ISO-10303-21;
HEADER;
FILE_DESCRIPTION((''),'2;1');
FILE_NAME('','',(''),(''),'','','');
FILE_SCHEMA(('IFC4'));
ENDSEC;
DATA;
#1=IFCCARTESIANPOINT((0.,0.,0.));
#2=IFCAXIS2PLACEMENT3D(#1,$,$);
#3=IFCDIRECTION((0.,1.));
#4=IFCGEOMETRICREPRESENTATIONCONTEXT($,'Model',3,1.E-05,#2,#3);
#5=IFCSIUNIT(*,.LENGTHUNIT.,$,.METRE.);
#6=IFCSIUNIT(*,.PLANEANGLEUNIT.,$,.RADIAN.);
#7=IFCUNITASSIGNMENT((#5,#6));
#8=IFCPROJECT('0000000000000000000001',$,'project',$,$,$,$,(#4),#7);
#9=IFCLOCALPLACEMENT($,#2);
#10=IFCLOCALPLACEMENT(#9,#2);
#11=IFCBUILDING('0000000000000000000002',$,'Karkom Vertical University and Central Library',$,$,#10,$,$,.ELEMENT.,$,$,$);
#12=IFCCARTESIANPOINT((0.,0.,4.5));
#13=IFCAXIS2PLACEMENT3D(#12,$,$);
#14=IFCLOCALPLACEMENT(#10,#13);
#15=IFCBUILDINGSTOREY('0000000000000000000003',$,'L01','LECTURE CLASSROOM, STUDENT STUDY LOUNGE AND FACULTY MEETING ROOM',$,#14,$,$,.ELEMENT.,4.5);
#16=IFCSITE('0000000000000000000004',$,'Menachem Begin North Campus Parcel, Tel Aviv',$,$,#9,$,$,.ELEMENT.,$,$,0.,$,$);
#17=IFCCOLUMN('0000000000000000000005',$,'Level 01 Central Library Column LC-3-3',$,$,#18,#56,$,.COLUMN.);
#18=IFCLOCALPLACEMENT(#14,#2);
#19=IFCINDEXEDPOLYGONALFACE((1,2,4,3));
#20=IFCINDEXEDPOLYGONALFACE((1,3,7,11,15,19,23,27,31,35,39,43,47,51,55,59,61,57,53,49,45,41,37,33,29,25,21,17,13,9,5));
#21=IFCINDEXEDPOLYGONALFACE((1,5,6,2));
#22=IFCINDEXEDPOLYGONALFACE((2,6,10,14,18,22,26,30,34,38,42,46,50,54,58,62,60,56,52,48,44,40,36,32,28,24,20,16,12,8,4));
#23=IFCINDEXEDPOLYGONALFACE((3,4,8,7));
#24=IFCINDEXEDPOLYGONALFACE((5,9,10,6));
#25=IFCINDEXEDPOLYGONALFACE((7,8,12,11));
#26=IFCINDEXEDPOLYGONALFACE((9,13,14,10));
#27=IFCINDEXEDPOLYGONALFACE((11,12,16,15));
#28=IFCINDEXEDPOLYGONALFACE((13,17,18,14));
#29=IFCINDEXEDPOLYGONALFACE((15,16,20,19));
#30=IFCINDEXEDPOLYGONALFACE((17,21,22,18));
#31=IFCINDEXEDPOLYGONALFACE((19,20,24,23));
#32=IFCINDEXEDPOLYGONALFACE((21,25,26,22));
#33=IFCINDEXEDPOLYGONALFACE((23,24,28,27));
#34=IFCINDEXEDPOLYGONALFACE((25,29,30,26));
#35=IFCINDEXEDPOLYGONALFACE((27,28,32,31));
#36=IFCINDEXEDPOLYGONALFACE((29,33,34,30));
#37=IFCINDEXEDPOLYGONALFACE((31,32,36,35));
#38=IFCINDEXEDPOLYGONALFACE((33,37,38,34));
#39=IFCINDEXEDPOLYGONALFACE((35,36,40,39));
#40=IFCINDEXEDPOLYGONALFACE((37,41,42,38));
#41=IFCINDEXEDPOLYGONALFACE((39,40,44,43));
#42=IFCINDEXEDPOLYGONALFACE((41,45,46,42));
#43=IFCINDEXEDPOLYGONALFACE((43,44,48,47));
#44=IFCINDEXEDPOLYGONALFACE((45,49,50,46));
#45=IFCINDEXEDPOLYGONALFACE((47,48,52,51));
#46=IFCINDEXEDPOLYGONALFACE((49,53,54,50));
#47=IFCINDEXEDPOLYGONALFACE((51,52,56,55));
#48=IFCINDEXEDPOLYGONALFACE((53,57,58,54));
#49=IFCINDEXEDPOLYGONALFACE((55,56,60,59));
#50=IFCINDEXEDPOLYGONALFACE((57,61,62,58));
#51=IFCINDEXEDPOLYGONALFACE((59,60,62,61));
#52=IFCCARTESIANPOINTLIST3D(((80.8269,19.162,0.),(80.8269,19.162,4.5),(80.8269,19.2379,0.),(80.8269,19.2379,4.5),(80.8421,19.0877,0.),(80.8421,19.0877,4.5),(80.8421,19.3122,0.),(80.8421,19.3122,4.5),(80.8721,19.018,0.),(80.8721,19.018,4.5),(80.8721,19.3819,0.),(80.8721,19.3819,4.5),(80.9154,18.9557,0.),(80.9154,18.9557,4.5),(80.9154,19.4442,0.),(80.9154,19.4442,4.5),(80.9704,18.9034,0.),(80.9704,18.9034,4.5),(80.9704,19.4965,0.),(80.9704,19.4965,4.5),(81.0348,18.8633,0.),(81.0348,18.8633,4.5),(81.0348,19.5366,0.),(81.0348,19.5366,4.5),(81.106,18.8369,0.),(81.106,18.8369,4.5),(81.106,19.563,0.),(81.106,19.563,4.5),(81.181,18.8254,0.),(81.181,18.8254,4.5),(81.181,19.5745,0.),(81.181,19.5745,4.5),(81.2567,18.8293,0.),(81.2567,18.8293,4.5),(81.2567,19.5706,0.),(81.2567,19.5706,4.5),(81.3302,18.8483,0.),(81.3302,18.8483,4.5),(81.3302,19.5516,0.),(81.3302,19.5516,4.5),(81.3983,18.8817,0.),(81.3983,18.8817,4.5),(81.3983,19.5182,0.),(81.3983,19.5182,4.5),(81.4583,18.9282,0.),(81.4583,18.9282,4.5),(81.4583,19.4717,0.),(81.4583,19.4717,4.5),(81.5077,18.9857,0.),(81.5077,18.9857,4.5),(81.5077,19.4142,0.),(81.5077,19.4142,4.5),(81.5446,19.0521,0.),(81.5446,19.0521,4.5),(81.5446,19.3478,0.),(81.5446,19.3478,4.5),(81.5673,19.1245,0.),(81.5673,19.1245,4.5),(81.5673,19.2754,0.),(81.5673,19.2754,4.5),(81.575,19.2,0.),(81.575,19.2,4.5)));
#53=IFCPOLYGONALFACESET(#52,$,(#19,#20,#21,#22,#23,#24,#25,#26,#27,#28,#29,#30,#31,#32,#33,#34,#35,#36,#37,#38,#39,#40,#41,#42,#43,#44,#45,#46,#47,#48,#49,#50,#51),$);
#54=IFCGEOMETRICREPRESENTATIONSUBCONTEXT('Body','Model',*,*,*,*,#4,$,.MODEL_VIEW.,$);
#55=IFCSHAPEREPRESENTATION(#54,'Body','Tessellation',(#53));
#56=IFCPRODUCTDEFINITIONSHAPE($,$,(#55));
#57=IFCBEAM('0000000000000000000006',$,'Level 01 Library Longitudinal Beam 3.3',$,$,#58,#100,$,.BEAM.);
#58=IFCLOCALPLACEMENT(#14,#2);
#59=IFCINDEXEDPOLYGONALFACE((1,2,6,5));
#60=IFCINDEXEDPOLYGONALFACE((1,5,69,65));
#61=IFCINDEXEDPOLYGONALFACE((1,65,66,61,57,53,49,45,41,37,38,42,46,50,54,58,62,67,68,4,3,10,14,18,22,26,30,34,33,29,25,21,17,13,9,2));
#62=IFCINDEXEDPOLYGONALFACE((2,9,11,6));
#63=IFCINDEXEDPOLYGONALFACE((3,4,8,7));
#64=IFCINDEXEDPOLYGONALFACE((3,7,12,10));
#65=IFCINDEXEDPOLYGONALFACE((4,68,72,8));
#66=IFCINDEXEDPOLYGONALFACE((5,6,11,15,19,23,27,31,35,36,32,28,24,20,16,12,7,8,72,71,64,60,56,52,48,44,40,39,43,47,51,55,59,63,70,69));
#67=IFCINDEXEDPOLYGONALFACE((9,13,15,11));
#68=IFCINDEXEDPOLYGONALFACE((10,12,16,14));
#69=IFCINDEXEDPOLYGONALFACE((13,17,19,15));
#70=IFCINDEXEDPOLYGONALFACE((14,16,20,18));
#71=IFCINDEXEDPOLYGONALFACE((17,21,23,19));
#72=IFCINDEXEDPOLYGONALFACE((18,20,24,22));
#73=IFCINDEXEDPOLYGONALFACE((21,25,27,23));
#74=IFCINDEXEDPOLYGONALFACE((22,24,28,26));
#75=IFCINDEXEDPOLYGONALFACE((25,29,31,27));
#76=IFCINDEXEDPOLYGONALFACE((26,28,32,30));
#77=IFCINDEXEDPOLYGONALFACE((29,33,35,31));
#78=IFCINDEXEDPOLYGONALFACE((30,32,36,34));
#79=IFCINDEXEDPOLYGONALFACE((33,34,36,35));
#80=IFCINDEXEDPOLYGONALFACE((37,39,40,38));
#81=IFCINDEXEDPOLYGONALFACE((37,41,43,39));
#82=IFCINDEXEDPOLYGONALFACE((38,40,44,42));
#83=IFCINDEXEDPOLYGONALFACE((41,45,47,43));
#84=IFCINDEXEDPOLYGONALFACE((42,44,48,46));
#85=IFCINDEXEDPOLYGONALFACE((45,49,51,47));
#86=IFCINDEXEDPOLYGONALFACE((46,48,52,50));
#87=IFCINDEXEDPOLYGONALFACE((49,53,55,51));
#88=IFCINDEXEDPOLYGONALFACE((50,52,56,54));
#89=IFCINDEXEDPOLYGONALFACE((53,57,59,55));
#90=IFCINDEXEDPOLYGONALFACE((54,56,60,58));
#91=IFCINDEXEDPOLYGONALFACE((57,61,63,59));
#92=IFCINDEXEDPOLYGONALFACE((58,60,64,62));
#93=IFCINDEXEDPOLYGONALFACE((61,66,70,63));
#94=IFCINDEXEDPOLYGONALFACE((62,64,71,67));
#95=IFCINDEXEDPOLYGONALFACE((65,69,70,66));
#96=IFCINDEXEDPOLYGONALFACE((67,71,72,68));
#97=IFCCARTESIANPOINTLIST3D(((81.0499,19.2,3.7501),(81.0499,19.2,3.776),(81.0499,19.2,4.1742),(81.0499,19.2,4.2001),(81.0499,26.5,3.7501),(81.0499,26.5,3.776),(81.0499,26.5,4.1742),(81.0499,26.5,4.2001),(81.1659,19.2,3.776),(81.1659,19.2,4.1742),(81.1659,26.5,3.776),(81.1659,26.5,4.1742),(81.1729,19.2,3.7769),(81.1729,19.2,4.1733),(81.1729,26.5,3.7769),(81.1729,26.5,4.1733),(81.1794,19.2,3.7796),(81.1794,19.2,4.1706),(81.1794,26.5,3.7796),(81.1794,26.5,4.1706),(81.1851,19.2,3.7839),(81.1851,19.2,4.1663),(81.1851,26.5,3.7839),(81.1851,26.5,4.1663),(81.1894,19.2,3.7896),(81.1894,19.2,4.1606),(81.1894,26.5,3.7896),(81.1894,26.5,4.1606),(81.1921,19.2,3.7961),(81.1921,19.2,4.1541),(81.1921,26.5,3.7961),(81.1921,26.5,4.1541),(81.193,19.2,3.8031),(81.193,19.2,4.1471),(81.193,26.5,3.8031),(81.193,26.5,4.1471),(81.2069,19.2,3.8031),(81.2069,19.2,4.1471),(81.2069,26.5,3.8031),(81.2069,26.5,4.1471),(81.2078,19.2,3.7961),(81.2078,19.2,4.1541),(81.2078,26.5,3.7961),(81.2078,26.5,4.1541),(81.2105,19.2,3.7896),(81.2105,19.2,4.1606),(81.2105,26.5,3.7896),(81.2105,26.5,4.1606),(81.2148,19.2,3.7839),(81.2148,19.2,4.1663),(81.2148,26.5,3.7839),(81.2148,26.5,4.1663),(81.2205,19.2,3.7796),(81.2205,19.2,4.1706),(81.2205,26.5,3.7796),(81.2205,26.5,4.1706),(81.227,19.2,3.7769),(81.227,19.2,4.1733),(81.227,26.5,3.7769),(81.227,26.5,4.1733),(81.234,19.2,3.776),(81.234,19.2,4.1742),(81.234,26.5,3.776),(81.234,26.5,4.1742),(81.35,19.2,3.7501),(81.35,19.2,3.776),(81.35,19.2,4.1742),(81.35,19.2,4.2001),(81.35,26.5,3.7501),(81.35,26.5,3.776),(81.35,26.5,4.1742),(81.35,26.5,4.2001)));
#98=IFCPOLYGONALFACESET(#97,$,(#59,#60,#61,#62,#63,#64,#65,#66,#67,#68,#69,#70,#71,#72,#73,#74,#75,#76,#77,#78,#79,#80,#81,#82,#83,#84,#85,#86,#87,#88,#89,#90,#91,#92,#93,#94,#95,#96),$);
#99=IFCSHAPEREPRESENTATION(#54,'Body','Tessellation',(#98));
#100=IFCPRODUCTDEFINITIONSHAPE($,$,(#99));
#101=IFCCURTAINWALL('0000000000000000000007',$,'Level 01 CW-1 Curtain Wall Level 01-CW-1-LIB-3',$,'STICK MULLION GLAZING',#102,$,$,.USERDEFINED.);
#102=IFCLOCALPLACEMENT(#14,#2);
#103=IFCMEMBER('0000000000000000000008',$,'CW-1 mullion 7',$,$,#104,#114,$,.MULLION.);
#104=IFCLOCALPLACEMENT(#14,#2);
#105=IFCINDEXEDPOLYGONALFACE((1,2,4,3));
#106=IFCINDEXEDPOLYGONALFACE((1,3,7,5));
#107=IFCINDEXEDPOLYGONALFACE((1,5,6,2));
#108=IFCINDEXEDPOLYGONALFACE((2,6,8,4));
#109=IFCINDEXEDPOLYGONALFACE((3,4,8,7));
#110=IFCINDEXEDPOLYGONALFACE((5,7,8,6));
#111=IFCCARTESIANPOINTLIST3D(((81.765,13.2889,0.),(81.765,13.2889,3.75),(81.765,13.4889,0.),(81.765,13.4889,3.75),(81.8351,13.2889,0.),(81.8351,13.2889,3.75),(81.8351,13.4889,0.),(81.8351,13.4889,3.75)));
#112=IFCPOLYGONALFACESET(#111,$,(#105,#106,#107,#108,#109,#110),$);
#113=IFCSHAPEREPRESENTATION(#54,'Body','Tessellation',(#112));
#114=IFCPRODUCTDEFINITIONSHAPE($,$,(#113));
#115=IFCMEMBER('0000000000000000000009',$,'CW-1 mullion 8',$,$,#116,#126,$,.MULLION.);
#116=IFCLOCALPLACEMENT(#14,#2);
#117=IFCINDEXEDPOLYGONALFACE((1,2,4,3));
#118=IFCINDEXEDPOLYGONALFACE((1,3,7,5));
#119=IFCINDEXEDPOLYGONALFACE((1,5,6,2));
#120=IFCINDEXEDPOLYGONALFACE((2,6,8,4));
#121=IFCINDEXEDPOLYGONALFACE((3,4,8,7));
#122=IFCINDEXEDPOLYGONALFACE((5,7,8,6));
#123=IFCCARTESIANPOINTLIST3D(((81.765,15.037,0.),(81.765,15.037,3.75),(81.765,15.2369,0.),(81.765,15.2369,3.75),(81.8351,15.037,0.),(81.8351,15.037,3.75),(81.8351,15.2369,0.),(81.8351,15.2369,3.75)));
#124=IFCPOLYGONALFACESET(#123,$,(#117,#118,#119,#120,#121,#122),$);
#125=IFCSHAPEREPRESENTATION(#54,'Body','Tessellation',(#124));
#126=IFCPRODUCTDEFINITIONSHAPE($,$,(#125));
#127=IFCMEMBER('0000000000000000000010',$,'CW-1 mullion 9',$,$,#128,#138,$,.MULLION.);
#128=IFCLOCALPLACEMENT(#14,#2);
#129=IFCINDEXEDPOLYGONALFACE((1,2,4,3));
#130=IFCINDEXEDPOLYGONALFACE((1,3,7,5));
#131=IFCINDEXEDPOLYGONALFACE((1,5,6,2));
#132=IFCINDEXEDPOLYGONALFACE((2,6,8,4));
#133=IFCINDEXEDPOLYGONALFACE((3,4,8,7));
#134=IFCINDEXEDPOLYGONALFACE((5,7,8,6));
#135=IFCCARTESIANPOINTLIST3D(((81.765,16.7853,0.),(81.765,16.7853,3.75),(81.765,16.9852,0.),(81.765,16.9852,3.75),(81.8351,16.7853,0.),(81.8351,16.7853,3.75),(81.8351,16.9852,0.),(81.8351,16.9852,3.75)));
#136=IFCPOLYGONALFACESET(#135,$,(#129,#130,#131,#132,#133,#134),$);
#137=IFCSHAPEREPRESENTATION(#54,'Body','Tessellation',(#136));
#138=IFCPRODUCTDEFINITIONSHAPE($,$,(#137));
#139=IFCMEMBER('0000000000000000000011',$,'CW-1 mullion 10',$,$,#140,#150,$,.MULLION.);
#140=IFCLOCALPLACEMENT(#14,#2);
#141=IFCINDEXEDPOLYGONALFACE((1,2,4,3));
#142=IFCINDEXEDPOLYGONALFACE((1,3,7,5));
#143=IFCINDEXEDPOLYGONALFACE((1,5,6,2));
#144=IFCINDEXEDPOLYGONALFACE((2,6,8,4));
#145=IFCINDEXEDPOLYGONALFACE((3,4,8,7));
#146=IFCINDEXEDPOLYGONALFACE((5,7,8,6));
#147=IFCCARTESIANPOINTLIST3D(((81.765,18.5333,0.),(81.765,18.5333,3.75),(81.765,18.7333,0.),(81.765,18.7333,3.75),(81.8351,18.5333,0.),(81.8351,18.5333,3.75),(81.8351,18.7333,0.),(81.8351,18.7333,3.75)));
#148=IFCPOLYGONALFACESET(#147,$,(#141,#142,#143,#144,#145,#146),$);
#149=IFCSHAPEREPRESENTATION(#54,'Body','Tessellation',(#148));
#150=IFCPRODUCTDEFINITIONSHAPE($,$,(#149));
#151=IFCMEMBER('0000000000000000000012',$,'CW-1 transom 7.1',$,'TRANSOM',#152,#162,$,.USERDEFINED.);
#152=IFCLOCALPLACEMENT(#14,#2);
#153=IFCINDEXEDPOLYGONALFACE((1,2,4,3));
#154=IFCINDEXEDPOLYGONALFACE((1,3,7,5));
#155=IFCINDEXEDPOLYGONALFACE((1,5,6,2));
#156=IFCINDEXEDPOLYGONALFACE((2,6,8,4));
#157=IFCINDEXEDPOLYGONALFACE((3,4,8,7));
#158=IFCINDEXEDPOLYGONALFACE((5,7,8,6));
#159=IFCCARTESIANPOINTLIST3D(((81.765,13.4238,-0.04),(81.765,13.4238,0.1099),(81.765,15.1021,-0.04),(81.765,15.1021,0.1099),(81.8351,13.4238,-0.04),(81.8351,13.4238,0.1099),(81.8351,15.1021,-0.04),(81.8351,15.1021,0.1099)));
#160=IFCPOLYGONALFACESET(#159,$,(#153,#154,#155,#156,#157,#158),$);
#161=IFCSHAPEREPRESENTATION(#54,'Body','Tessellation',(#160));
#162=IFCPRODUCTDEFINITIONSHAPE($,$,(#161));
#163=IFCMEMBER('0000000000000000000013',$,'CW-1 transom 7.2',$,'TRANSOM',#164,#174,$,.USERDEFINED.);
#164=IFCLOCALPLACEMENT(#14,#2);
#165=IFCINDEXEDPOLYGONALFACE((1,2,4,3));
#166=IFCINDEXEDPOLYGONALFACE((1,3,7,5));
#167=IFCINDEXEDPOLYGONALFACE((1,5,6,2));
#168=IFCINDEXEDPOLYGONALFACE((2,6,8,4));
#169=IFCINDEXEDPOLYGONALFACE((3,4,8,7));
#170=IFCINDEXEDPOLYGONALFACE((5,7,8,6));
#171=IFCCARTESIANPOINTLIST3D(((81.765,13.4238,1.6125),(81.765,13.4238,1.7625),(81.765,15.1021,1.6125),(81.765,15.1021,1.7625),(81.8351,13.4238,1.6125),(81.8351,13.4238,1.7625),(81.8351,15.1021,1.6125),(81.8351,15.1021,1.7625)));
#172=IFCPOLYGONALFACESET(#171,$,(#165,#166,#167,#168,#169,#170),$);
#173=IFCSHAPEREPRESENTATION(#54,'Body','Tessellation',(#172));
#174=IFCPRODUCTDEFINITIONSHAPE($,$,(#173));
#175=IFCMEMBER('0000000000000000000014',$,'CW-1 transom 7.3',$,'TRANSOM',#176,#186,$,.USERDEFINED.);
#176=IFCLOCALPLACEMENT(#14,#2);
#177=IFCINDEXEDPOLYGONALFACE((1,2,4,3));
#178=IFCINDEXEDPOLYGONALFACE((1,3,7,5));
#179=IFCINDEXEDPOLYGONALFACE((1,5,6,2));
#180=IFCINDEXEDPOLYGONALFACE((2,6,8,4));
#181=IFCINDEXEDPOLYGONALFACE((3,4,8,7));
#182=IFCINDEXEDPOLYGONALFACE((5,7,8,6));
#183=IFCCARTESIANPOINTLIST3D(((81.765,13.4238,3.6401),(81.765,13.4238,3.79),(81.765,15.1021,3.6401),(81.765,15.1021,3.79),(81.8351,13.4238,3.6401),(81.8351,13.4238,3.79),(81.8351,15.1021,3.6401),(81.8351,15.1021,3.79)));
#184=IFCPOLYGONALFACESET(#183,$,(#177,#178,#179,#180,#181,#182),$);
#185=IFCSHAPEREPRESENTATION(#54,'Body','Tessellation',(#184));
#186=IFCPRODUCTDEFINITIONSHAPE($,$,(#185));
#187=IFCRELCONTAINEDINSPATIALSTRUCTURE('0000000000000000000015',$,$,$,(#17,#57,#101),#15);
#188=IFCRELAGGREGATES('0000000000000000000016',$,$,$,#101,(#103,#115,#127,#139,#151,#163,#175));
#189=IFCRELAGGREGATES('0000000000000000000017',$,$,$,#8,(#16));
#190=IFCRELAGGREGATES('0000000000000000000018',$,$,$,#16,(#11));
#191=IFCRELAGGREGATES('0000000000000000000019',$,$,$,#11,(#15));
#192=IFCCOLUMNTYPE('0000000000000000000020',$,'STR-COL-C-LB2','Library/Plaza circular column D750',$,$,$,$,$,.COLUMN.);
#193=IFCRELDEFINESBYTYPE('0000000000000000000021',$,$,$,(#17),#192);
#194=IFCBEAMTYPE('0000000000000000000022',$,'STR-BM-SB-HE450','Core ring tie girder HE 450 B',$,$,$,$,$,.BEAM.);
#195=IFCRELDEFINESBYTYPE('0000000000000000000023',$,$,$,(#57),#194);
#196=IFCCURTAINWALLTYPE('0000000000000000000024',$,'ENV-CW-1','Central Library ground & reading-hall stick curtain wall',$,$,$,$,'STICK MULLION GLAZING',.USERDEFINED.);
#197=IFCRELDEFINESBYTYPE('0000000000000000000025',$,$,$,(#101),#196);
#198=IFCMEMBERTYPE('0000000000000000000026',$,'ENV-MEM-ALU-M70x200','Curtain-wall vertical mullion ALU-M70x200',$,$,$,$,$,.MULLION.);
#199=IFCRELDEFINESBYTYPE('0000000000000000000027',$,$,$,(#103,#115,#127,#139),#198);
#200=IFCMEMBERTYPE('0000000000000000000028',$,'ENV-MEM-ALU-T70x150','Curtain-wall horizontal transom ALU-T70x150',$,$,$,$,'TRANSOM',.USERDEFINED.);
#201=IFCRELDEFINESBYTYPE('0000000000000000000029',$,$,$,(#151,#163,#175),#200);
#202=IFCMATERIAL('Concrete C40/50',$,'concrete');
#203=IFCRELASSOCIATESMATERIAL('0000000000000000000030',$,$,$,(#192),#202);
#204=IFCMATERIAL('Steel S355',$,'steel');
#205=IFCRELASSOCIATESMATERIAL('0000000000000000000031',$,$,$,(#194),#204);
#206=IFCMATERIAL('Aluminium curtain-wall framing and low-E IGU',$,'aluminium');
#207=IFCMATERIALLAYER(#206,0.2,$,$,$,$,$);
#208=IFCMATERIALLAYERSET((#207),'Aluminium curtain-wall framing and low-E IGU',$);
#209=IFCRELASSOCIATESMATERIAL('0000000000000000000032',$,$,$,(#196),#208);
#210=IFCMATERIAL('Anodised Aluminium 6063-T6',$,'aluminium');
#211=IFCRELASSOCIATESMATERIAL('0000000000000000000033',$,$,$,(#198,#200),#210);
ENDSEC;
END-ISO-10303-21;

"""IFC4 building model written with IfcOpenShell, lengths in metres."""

from ifc_helpers import new_model, si_unit, direction, frame, origin, origin_with_axes, origin_2d, place, context, subcontext, project, spatial, rectangle, circle, i_section, extrude, source, transform, mapped, material, layer, layer_set, material_profile, profile_set, type_object, element, aggregate, save


model = new_model("IFC4")

# Units and contexts
model_context = context("Model", 3, precision=1e-05, world=origin(), true_north=direction((0.0, 1.0)))
body_context = subcontext(model_context, "Body", "Model", "MODEL_VIEW")
ifc_project = project(units=[si_unit("LENGTHUNIT", "METRE"), si_unit("PLANEANGLEUNIT", "RADIAN")], contexts=[model_context])

# Site, building, storey
site_placement = place(None, origin())
site = spatial("IfcSite", under=ifc_project, at=site_placement, Name="Menachem Begin North Campus Parcel, Tel Aviv", CompositionType="ELEMENT", RefElevation=0.0)
building_placement = place(site_placement, origin())
building = spatial("IfcBuilding", under=site, at=building_placement, Name="Karkom Vertical University and Central Library", CompositionType="ELEMENT")
storey_placement = place(building_placement, frame((0.0, 0.0, 4.5)))
storey = spatial("IfcBuildingStorey", under=building, at=storey_placement, Name="L01", Description="LECTURE CLASSROOM, STUDENT STUDY LOUNGE AND FACULTY MEETING ROOM", CompositionType="ELEMENT", Elevation=4.5)

# Column
ifc_material_1 = material(Name="Concrete C40/50", Category="concrete")
ifc_material_profile_1 = material_profile(ifc_material_1, circle(Radius=0.375, at=origin_2d()), Name="RC-D750")
ifc_profile_set_1 = profile_set([ifc_material_profile_1], Name="Concrete C40/50")
column_type = type_object("IfcColumnType", Name="STR-COL-C-LB2", Description="Library/Plaza circular column D750", PredefinedType="COLUMN", material=ifc_profile_set_1)
shared_shape_1 = source(origin_with_axes(), body_context, "Body", "SweptSolid", [
    extrude(circle(Radius=0.375, at=origin_2d()), origin(), (0.0, 0.0, 1.0), 4.5),
])
column_placement = place(storey_placement, frame((81.2, 19.2, 0.0), z_axis=(0.0, 0.0, 1.0), x_axis=(1.0, 0.0, 0.0)))
element("IfcColumn", 1, at=column_placement, inside=storey, type_object=column_type, Name="Level 01 Central Library Column LC-3-3", PredefinedType="COLUMN", context=body_context, shape_type="MappedRepresentation", body=[
    mapped(shared_shape_1, transform((0.0, 0.0, 0.0), scale=1.0)),
])

# Beam
ifc_material_2 = material(Name="Steel S355", Category="steel")
ifc_material_profile_2 = material_profile(ifc_material_2, i_section(OverallWidth=0.3, OverallDepth=0.45, WebThickness=0.0139, FlangeThickness=0.0259, FilletRadius=0.0271, at=origin_2d()), Name="HE 450 B")
ifc_profile_set_2 = profile_set([ifc_material_profile_2], Name="Steel S355")
beam_type = type_object("IfcBeamType", Name="STR-BM-SB-HE450", Description="Core ring tie girder HE 450 B", PredefinedType="BEAM", material=ifc_profile_set_2)
shared_shape_2 = source(origin_with_axes(), body_context, "Body", "SweptSolid", [
    extrude(i_section(OverallWidth=0.3, OverallDepth=0.45, WebThickness=0.0139, FlangeThickness=0.0259, FilletRadius=0.0271, at=origin_2d()), origin(), (0.0, 0.0, 1.0), 7.3),
])
beam_placement = place(storey_placement, frame((81.2, 19.2, 3.9751), z_axis=(0.0, 1.0, 0.0), x_axis=(-1.0, 0.0, 0.0)))
element("IfcBeam", 2, at=beam_placement, inside=storey, type_object=beam_type, Name="Level 01 Library Longitudinal Beam 3.3", PredefinedType="BEAM", context=body_context, shape_type="MappedRepresentation", body=[
    mapped(shared_shape_2, transform((0.0, 0.0, 0.0), scale=1.0)),
])

# Curtain wall, members
ifc_material_3 = material(Name="Aluminium curtain-wall framing and low-E IGU", Category="aluminium")
ifc_layer_1 = layer(ifc_material_3, 0.2)
ifc_layer_set_1 = layer_set([ifc_layer_1], Name="Aluminium curtain-wall framing and low-E IGU")
curtain_wall_type = type_object("IfcCurtainWallType", Name="ENV-CW-1", Description="Central Library ground & reading-hall stick curtain wall", ElementType="STICK MULLION GLAZING", PredefinedType="USERDEFINED", material=ifc_layer_set_1)
curtain_wall_placement = place(storey_placement, origin())
curtain_wall = element("IfcCurtainWall", 3, at=curtain_wall_placement, inside=storey, type_object=curtain_wall_type, Name="Level 01 CW-1 Curtain Wall Level 01-CW-1-LIB-3", ObjectType="STICK MULLION GLAZING", PredefinedType="USERDEFINED")
ifc_material_4 = material(Name="Anodised Aluminium 6063-T6", Category="aluminium")
ifc_material_profile_3 = material_profile(ifc_material_4, rectangle(XDim=0.0701, YDim=0.2, at=origin_2d()), Name="ALU-M70x200")
ifc_profile_set_3 = profile_set([ifc_material_profile_3], Name="Anodised Aluminium 6063-T6")
member_type_1 = type_object("IfcMemberType", Name="ENV-MEM-ALU-M70x200", Description="Curtain-wall vertical mullion ALU-M70x200", PredefinedType="MULLION", material=ifc_profile_set_3)
shared_shape_3 = source(origin_with_axes(), body_context, "Body", "SweptSolid", [
    extrude(rectangle(XDim=0.0701, YDim=0.2, at=origin_2d()), origin(), (0.0, 0.0, 1.0), 3.75),
])
member_1_placement = place(storey_placement, frame((81.8, 13.3889, 0.0), z_axis=(0.0, 0.0, 1.0), x_axis=(-1.0, 0.0, 0.0)))
member_1 = element("IfcMember", 4, at=member_1_placement, type_object=member_type_1, Name="CW-1 mullion 7", PredefinedType="MULLION", context=body_context, shape_type="MappedRepresentation", body=[
    mapped(shared_shape_3, transform((0.0, 0.0, 0.0), scale=1.0)),
])
member_2_placement = place(storey_placement, frame((81.8, 15.137, 0.0), z_axis=(0.0, 0.0, 1.0), x_axis=(-1.0, 0.0, 0.0)))
member_2 = element("IfcMember", 5, at=member_2_placement, type_object=member_type_1, Name="CW-1 mullion 8", PredefinedType="MULLION", context=body_context, shape_type="MappedRepresentation", body=[
    mapped(shared_shape_3, transform((0.0, 0.0, 0.0), scale=1.0)),
])
member_3_placement = place(storey_placement, frame((81.8, 16.8853, 0.0), z_axis=(0.0, 0.0, 1.0), x_axis=(-1.0, 0.0, 0.0)))
member_3 = element("IfcMember", 6, at=member_3_placement, type_object=member_type_1, Name="CW-1 mullion 9", PredefinedType="MULLION", context=body_context, shape_type="MappedRepresentation", body=[
    mapped(shared_shape_3, transform((0.0, 0.0, 0.0), scale=1.0)),
])
member_4_placement = place(storey_placement, frame((81.8, 18.6333, 0.0), z_axis=(0.0, 0.0, 1.0), x_axis=(-1.0, 0.0, 0.0)))
member_4 = element("IfcMember", 7, at=member_4_placement, type_object=member_type_1, Name="CW-1 mullion 10", PredefinedType="MULLION", context=body_context, shape_type="MappedRepresentation", body=[
    mapped(shared_shape_3, transform((0.0, 0.0, 0.0), scale=1.0)),
])
ifc_material_profile_4 = material_profile(ifc_material_4, rectangle(XDim=0.0701, YDim=0.1499, at=origin_2d()), Name="ALU-T70x150")
ifc_profile_set_4 = profile_set([ifc_material_profile_4], Name="Anodised Aluminium 6063-T6")
member_type_2 = type_object("IfcMemberType", Name="ENV-MEM-ALU-T70x150", Description="Curtain-wall horizontal transom ALU-T70x150", ElementType="TRANSOM", PredefinedType="USERDEFINED", material=ifc_profile_set_4)
shared_shape_4 = source(origin_with_axes(), body_context, "Body", "SweptSolid", [
    extrude(rectangle(XDim=0.0701, YDim=0.1499, at=origin_2d()), origin(), (0.0, 0.0, 1.0), 1.6782),
])
member_5_placement = place(storey_placement, frame((81.8, 13.4238, 0.0349), z_axis=(0.0, 1.0, 0.0), x_axis=(-1.0, 0.0, 0.0)))
member_5 = element("IfcMember", 8, at=member_5_placement, type_object=member_type_2, Name="CW-1 transom 7.1", ObjectType="TRANSOM", PredefinedType="USERDEFINED", context=body_context, shape_type="MappedRepresentation", body=[
    mapped(shared_shape_4, transform((0.0, 0.0, 0.0), scale=1.0)),
])
member_6_placement = place(storey_placement, frame((81.8, 13.4238, 1.6875), z_axis=(0.0, 1.0, 0.0), x_axis=(-1.0, 0.0, 0.0)))
member_6 = element("IfcMember", 9, at=member_6_placement, type_object=member_type_2, Name="CW-1 transom 7.2", ObjectType="TRANSOM", PredefinedType="USERDEFINED", context=body_context, shape_type="MappedRepresentation", body=[
    mapped(shared_shape_4, transform((0.0, 0.0, 0.0), scale=1.0)),
])
member_7_placement = place(storey_placement, frame((81.8, 13.4238, 3.7151), z_axis=(0.0, 1.0, 0.0), x_axis=(-1.0, 0.0, 0.0)))
member_7 = element("IfcMember", 10, at=member_7_placement, type_object=member_type_2, Name="CW-1 transom 7.3", ObjectType="TRANSOM", PredefinedType="USERDEFINED", context=body_context, shape_type="MappedRepresentation", body=[
    mapped(shared_shape_4, transform((0.0, 0.0, 0.0), scale=1.0)),
])
aggregate(curtain_wall, [member_1, member_2, member_3, member_4, member_5, member_6, member_7])

save(model, "model.ifc")
